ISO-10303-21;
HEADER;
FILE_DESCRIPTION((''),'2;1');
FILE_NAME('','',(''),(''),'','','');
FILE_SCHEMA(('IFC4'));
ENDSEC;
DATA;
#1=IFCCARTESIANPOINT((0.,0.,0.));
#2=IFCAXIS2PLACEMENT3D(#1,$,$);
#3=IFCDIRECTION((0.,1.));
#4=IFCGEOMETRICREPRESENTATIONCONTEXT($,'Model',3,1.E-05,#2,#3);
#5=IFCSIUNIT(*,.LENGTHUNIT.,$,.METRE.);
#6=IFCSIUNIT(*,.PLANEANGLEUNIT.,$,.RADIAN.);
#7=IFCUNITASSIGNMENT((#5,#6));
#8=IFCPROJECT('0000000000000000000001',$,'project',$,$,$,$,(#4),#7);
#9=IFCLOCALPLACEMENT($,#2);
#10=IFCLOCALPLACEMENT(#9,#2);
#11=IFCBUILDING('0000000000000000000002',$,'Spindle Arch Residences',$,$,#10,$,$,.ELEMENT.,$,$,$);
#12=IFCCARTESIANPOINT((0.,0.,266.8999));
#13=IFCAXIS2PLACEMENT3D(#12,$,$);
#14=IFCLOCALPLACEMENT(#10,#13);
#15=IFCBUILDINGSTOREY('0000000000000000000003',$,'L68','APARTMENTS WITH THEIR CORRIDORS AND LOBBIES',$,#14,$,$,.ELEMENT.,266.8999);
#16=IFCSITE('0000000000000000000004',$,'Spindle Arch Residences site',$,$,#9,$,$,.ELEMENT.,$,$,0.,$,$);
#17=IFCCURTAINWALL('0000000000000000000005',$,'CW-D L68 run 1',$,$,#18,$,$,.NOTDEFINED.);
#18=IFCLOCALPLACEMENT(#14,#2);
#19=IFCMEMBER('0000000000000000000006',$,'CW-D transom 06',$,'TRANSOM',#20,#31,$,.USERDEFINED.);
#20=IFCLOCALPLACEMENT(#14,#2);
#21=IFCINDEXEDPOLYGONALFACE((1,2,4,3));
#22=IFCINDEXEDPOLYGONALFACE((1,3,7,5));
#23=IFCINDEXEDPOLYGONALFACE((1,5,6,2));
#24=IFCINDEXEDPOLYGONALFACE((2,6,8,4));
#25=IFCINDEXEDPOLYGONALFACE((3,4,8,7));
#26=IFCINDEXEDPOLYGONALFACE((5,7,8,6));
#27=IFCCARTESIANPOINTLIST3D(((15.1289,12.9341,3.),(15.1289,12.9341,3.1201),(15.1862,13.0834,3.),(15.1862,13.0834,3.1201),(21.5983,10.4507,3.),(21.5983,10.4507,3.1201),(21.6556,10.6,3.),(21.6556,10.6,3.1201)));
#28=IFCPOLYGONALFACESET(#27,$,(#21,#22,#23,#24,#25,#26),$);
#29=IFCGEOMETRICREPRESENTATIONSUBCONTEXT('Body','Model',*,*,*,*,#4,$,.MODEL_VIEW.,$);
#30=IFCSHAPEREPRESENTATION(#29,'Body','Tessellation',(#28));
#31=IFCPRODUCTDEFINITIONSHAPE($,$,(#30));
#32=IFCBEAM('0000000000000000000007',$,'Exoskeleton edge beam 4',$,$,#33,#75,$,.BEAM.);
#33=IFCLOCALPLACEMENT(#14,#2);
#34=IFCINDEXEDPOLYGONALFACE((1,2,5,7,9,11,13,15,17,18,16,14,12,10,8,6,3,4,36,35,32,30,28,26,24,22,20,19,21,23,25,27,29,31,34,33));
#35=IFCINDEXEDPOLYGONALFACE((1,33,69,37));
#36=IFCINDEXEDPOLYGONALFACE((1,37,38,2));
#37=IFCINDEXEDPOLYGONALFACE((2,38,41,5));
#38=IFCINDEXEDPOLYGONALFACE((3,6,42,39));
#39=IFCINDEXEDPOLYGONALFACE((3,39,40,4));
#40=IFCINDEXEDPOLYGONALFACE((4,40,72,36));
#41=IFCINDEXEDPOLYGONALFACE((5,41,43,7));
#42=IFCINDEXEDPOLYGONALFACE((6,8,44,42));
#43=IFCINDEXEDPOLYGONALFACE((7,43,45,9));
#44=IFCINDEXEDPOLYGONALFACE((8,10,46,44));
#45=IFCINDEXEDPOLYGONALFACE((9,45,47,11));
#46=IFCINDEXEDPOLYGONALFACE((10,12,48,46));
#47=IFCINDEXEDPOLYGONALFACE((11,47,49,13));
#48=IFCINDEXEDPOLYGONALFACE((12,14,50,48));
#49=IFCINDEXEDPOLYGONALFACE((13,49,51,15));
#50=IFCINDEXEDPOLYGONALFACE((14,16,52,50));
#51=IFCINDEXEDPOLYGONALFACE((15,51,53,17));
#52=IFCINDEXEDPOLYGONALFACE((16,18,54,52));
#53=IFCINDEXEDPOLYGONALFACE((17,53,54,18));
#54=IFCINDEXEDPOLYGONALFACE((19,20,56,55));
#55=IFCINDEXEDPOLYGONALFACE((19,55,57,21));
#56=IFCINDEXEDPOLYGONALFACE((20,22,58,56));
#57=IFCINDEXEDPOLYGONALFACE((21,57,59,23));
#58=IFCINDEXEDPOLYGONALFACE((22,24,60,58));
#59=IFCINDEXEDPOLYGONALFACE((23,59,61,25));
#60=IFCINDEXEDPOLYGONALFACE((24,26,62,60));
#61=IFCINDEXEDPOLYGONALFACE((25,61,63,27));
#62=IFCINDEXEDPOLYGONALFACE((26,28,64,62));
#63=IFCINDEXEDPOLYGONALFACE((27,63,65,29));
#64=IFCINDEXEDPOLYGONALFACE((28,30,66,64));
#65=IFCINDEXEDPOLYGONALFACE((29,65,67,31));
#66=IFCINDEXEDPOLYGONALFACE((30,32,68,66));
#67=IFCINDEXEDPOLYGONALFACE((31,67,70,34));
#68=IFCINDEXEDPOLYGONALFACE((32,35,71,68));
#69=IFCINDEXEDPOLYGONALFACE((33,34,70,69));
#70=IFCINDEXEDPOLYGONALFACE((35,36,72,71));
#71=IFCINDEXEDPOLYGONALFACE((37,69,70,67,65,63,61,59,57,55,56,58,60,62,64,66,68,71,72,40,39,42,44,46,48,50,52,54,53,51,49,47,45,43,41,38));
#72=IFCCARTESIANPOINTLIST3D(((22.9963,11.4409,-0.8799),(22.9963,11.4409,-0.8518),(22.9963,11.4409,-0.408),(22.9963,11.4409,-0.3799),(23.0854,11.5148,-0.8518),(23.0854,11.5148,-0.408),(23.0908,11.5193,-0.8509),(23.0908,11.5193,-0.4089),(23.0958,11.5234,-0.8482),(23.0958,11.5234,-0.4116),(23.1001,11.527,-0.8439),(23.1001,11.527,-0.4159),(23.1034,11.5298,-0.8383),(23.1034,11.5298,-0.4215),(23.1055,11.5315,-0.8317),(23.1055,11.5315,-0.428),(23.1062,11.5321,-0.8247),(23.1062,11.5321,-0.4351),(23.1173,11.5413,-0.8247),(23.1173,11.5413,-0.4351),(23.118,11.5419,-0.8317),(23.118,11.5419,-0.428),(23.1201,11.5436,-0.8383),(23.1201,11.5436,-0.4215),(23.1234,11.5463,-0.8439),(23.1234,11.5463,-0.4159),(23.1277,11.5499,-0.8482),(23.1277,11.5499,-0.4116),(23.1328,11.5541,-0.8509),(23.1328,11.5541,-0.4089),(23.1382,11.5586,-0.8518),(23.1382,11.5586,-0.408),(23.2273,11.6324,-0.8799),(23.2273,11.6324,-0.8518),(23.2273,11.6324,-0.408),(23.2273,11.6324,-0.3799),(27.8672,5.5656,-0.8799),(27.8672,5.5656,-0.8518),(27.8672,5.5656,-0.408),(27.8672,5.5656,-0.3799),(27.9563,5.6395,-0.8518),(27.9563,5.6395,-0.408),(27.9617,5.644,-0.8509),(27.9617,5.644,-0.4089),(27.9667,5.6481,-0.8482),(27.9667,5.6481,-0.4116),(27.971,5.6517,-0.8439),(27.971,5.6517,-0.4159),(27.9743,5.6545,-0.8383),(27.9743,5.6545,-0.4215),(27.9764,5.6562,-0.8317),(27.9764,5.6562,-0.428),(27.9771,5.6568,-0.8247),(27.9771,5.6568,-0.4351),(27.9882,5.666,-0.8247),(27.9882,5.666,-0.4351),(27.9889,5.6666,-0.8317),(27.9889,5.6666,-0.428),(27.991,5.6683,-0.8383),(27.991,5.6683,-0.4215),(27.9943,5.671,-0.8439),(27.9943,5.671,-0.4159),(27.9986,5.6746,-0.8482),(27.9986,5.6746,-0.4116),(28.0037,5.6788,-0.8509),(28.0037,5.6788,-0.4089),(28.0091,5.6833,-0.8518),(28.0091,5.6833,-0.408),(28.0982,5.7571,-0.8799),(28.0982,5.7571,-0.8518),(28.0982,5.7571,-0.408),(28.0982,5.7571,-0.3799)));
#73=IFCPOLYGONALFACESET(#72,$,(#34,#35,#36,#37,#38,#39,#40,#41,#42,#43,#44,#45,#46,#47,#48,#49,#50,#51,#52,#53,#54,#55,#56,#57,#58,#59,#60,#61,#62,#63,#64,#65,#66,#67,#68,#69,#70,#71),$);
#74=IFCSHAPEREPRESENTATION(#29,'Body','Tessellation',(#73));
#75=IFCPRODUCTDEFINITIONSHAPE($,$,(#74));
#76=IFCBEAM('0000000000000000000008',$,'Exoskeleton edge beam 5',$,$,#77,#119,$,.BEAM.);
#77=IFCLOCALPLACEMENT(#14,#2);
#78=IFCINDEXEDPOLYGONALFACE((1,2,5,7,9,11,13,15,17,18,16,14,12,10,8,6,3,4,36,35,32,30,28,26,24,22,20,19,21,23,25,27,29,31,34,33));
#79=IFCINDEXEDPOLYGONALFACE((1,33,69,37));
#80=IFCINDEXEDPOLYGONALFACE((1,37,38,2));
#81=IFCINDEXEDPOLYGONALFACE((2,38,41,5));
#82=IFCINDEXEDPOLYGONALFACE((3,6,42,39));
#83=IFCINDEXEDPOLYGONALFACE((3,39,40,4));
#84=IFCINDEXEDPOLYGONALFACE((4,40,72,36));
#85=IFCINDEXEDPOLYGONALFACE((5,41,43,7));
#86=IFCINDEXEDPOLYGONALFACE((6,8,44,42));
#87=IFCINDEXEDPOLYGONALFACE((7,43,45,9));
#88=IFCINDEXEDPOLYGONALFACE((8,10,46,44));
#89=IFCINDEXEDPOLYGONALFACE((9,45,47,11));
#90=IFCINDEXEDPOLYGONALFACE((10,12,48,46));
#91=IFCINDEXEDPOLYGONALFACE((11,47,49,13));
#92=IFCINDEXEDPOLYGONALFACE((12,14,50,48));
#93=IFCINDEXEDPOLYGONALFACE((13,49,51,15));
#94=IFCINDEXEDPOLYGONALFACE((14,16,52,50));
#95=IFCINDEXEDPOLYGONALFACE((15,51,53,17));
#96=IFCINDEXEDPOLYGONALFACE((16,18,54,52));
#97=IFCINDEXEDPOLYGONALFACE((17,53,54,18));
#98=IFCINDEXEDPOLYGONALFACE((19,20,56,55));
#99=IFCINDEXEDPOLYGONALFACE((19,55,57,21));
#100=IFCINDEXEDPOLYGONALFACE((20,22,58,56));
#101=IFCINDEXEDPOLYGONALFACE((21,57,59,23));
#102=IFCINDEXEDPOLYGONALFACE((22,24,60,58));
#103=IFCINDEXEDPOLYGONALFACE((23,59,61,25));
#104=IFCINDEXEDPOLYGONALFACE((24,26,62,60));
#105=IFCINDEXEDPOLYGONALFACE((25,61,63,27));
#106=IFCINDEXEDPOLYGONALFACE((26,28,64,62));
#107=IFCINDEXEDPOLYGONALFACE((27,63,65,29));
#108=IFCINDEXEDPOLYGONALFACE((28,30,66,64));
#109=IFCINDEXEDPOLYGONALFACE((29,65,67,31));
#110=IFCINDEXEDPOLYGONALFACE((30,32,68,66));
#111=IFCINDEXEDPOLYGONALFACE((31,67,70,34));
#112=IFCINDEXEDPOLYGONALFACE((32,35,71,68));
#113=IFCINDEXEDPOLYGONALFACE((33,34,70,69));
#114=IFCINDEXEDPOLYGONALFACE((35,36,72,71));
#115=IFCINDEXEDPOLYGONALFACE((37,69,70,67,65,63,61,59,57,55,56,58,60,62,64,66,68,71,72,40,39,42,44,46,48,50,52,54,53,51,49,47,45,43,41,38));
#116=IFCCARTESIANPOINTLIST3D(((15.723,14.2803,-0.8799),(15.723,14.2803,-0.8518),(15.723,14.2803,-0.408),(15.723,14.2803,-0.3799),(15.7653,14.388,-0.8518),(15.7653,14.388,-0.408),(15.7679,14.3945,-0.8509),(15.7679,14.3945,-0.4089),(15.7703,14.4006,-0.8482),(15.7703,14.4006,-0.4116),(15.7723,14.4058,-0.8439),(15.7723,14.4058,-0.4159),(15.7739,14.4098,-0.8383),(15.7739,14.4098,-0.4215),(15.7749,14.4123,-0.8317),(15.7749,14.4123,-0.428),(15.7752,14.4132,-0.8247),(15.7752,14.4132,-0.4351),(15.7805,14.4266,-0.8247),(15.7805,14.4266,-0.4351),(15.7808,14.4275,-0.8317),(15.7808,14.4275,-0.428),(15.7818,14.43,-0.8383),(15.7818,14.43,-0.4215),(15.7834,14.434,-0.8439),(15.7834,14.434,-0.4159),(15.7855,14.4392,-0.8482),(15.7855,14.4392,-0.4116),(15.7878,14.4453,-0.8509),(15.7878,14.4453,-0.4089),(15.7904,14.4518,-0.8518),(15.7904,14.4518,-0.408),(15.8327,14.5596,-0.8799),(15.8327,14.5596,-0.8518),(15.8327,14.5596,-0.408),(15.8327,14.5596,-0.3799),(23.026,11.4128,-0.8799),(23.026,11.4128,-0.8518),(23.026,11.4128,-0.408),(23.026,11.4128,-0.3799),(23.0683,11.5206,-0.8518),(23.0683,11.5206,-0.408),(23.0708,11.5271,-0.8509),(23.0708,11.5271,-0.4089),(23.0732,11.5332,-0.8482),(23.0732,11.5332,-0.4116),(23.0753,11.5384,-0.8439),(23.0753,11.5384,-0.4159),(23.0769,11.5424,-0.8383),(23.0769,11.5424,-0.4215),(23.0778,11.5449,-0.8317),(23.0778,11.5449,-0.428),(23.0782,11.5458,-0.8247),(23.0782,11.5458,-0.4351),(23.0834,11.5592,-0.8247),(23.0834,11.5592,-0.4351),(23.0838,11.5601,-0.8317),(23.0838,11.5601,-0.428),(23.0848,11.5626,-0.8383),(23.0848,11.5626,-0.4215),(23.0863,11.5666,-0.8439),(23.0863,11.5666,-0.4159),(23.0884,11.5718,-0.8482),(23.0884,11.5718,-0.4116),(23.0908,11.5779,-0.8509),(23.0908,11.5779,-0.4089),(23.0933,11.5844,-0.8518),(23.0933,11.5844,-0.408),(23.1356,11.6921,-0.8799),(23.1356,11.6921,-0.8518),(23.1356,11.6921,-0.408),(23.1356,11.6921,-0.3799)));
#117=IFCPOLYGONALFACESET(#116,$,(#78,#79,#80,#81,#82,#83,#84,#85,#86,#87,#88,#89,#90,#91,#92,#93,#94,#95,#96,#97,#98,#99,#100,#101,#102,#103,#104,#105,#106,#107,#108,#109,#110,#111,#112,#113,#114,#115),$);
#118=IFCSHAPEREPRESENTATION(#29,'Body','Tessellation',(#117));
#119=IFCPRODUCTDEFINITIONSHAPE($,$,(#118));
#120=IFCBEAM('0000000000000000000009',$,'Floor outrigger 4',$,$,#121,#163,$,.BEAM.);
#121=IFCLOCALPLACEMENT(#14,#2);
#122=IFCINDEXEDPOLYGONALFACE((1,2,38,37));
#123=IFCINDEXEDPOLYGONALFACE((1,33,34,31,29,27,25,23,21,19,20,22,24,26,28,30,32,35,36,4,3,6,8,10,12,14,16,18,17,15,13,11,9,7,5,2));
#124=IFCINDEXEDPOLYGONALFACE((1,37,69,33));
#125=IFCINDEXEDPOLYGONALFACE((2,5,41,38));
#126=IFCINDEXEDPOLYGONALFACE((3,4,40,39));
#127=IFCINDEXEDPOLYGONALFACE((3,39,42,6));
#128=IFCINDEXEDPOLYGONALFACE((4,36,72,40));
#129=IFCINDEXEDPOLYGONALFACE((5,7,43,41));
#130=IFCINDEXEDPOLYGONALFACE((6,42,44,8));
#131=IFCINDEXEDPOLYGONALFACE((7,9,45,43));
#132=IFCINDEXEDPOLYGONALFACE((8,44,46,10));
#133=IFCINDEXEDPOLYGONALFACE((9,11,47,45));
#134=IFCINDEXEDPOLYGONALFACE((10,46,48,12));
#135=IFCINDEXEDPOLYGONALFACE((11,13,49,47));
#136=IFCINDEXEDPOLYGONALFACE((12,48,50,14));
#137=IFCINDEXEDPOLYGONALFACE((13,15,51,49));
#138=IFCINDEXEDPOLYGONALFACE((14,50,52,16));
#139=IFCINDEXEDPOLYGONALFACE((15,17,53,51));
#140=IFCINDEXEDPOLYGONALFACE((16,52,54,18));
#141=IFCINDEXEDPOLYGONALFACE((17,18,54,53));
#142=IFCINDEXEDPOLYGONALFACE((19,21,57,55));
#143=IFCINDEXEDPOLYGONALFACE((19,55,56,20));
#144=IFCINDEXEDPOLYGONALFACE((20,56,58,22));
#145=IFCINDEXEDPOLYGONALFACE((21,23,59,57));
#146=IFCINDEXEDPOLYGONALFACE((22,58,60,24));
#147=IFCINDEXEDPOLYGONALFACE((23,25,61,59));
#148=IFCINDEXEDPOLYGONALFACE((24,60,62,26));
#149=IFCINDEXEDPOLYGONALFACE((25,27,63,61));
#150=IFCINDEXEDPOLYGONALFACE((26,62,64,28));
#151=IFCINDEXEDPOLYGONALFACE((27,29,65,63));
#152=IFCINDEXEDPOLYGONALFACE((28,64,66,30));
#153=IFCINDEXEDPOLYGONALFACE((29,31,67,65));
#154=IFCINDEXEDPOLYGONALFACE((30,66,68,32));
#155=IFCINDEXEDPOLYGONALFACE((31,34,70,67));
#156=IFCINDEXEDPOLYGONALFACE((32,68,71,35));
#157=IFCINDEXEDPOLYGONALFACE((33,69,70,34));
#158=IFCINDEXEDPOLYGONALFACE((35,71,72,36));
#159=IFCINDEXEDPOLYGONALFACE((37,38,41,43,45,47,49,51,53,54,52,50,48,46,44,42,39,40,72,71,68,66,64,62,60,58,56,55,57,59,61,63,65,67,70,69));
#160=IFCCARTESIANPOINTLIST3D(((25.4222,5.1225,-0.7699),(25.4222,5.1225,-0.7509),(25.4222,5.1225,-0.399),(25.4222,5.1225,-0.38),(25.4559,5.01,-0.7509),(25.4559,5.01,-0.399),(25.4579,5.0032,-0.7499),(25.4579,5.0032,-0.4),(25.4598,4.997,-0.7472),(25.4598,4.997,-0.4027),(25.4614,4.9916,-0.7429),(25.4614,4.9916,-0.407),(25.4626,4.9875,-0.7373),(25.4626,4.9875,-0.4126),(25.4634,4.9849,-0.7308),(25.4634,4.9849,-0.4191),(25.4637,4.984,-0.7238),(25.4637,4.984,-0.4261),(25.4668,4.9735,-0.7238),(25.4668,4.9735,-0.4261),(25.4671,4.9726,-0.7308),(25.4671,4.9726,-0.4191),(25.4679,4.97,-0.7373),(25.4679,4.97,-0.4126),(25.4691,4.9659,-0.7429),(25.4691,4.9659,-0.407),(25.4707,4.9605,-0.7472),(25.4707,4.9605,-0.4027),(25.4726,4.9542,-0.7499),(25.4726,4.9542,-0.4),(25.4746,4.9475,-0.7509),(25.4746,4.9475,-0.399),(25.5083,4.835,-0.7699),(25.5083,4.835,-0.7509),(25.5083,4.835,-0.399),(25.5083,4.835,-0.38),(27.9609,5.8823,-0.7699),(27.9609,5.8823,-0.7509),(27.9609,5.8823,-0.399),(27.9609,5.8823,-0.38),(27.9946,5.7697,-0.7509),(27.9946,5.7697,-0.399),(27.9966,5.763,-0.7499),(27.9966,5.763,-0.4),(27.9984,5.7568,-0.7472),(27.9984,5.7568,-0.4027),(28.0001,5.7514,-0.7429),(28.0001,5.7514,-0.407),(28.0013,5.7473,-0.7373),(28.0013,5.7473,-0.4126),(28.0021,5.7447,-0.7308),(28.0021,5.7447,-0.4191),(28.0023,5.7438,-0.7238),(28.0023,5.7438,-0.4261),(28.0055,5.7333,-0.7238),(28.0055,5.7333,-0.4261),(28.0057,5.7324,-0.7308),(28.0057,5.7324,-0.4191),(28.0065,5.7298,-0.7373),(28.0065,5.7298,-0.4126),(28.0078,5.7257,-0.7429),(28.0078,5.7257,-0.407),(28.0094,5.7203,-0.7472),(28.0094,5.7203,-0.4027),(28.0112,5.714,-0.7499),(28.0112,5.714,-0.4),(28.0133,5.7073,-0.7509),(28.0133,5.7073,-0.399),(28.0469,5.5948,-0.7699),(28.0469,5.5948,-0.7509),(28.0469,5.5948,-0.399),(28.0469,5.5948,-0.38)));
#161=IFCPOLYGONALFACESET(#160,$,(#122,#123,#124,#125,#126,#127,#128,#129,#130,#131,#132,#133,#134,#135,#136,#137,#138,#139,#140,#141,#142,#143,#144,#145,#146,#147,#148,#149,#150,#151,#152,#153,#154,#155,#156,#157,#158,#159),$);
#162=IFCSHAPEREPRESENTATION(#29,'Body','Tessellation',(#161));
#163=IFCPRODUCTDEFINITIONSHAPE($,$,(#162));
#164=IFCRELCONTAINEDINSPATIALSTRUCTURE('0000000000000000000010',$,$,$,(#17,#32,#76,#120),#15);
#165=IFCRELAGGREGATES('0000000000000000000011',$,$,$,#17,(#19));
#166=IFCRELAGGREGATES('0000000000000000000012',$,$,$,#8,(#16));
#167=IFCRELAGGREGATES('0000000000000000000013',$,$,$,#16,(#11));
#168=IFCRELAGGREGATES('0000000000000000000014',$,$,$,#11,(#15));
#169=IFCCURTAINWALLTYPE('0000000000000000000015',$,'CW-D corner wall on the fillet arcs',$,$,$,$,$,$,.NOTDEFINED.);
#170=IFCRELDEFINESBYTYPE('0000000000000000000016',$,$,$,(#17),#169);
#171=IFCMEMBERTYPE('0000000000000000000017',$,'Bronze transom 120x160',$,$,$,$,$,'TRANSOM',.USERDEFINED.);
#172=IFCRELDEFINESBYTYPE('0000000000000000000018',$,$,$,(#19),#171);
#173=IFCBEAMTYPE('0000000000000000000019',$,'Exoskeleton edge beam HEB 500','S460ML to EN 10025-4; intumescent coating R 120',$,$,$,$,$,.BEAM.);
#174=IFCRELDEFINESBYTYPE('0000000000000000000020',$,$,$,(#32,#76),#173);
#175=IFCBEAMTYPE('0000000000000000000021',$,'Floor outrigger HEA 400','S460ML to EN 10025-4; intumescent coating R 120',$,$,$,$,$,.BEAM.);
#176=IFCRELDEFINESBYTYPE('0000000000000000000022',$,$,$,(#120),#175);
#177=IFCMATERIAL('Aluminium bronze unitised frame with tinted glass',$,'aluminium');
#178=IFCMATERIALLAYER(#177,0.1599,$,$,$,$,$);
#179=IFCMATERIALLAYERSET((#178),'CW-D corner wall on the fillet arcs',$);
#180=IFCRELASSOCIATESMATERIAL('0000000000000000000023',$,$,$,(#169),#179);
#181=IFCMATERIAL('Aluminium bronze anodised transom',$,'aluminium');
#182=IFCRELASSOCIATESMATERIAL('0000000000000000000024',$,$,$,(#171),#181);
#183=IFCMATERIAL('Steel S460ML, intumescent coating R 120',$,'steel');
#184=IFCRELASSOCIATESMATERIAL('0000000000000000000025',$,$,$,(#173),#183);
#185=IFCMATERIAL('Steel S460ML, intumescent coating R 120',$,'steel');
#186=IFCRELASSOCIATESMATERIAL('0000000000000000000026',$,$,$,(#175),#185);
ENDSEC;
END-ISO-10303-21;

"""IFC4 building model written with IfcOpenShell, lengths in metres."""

from ifc_helpers import new_model, si_unit, direction, frame, origin, origin_2d, place, context, subcontext, project, spatial, rectangle, i_section, extrude, material, layer, layer_set, material_profile, profile_set, type_object, element, aggregate, save


model = new_model("IFC4")

# Units and contexts
model_context = context("Model", 3, precision=1e-05, world=origin(), true_north=direction((0.0, 1.0)))
body_context = subcontext(model_context, "Body", "Model", "MODEL_VIEW")
ifc_project = project(units=[si_unit("LENGTHUNIT", "METRE"), si_unit("PLANEANGLEUNIT", "RADIAN")], contexts=[model_context])

# Site, building, storey
site_placement = place(None, origin())
site = spatial("IfcSite", under=ifc_project, at=site_placement, Name="Spindle Arch Residences site", CompositionType="ELEMENT", RefElevation=0.0)
building_placement = place(site_placement, origin())
building = spatial("IfcBuilding", under=site, at=building_placement, Name="Spindle Arch Residences", CompositionType="ELEMENT")
storey_placement = place(building_placement, frame((0.0, 0.0, 266.8999)))
storey = spatial("IfcBuildingStorey", under=building, at=storey_placement, Name="L68", Description="APARTMENTS WITH THEIR CORRIDORS AND LOBBIES", CompositionType="ELEMENT", Elevation=266.8999)

# Curtain wall, member
ifc_material_1 = material(Name="Aluminium bronze unitised frame with tinted glass", Category="aluminium")
ifc_layer_1 = layer(ifc_material_1, 0.1599)
ifc_layer_set_1 = layer_set([ifc_layer_1], Name="CW-D corner wall on the fillet arcs")
curtain_wall_type = type_object("IfcCurtainWallType", Name="CW-D corner wall on the fillet arcs", PredefinedType="NOTDEFINED", material=ifc_layer_set_1)
curtain_wall_placement = place(storey_placement, origin())
curtain_wall = element("IfcCurtainWall", 1, at=curtain_wall_placement, inside=storey, type_object=curtain_wall_type, Name="CW-D L68 run 1", PredefinedType="NOTDEFINED")
ifc_material_2 = material(Name="Aluminium bronze anodised transom", Category="aluminium")
ifc_material_profile_1 = material_profile(ifc_material_2, rectangle(XDim=0.1599, YDim=0.1201, at=origin_2d()), Name="TR 120x160")
ifc_profile_set_1 = profile_set([ifc_material_profile_1], Name="Aluminium bronze anodised transom")
member_type_1 = type_object("IfcMemberType", Name="Bronze transom 120x160", ElementType="TRANSOM", PredefinedType="USERDEFINED", material=ifc_profile_set_1)
member_1_placement = place(storey_placement, frame((21.627, 10.5254, 3.0601), z_axis=(-0.933581, 0.358368, 0.0), x_axis=(-0.358368, -0.933581, 0.0)))
member_1 = element("IfcMember", 2, at=member_1_placement, type_object=member_type_1, Name="CW-D transom 06", ObjectType="TRANSOM", PredefinedType="USERDEFINED", context=body_context, shape_type="SweptSolid", body=[
    extrude(rectangle(XDim=0.1599, YDim=0.1201, at=origin_2d()), origin(), (0.0, 0.0, 1.0), 6.9297),
])

# Beams
ifc_material_3 = material(Name="Steel S460ML, intumescent coating R 120", Category="steel")
ifc_material_profile_2 = material_profile(ifc_material_3, i_section(OverallWidth=0.3, OverallDepth=0.5, WebThickness=0.0144, FlangeThickness=0.0281, FilletRadius=0.0271, at=origin_2d()), Name="HEB 500")
ifc_profile_set_2 = profile_set([ifc_material_profile_2], Name="Steel S460ML, intumescent coating R 120")
beam_type_1 = type_object("IfcBeamType", Name="Exoskeleton edge beam HEB 500", Description="S460ML to EN 10025-4; intumescent coating R 120", PredefinedType="BEAM", material=ifc_profile_set_2)
beam_1_placement = place(storey_placement, frame((27.9827, 5.6614, -0.6299), z_axis=(-0.638235, 0.769842, 0.0), x_axis=(-0.769842, -0.638235, 0.0)))
element("IfcBeam", 3, at=beam_1_placement, inside=storey, type_object=beam_type_1, Name="Exoskeleton edge beam 4", PredefinedType="BEAM", context=body_context, shape_type="SweptSolid", body=[
    extrude(i_section(OverallWidth=0.3, OverallDepth=0.5, WebThickness=0.0144, FlangeThickness=0.0281, FilletRadius=0.0271, at=origin_2d()), origin(), (0.0, 0.0, 1.0), 7.6318),
])
beam_2_placement = place(storey_placement, frame((23.0808, 11.5525, -0.6299), z_axis=(-0.930821, 0.365476, 0.0), x_axis=(-0.365476, -0.930821, 0.0)))
element("IfcBeam", 4, at=beam_2_placement, inside=storey, type_object=beam_type_1, Name="Exoskeleton edge beam 5", PredefinedType="BEAM", context=body_context, shape_type="SweptSolid", body=[
    extrude(i_section(OverallWidth=0.3, OverallDepth=0.5, WebThickness=0.0144, FlangeThickness=0.0281, FilletRadius=0.0271, at=origin_2d()), origin(), (0.0, 0.0, 1.0), 7.8457),
])
ifc_material_4 = material(Name="Steel S460ML, intumescent coating R 120", Category="steel")
ifc_material_profile_3 = material_profile(ifc_material_4, i_section(OverallWidth=0.3, OverallDepth=0.3899, WebThickness=0.011, FlangeThickness=0.019, FilletRadius=0.0271, at=origin_2d()), Name="HEA 400")
ifc_profile_set_3 = profile_set([ifc_material_profile_3], Name="Steel S460ML, intumescent coating R 120")
beam_type_2 = type_object("IfcBeamType", Name="Floor outrigger HEA 400", Description="S460ML to EN 10025-4; intumescent coating R 120", PredefinedType="BEAM", material=ifc_profile_set_3)
for number, where, z_axis, x_axis, name in (
    (5, (28.0039, 5.7385, -0.575), (-0.958014, -0.286722, 0.0), (0.286722, -0.958014, 0.0), "Floor outrigger 4"),
):
    element("IfcBeam", number, at=place(storey_placement, frame(where, z_axis=z_axis, x_axis=x_axis)), inside=storey, type_object=beam_type_2, Name=name, PredefinedType="BEAM", context=body_context, shape_type="SweptSolid", body=[
        extrude(i_section(OverallWidth=0.3, OverallDepth=0.3899, WebThickness=0.011, FlangeThickness=0.019, FilletRadius=0.0271, at=origin_2d()), origin(), (0.0, 0.0, 1.0), 2.6499),
    ])

aggregate(curtain_wall, [member_1])

save(model, "model.ifc")
